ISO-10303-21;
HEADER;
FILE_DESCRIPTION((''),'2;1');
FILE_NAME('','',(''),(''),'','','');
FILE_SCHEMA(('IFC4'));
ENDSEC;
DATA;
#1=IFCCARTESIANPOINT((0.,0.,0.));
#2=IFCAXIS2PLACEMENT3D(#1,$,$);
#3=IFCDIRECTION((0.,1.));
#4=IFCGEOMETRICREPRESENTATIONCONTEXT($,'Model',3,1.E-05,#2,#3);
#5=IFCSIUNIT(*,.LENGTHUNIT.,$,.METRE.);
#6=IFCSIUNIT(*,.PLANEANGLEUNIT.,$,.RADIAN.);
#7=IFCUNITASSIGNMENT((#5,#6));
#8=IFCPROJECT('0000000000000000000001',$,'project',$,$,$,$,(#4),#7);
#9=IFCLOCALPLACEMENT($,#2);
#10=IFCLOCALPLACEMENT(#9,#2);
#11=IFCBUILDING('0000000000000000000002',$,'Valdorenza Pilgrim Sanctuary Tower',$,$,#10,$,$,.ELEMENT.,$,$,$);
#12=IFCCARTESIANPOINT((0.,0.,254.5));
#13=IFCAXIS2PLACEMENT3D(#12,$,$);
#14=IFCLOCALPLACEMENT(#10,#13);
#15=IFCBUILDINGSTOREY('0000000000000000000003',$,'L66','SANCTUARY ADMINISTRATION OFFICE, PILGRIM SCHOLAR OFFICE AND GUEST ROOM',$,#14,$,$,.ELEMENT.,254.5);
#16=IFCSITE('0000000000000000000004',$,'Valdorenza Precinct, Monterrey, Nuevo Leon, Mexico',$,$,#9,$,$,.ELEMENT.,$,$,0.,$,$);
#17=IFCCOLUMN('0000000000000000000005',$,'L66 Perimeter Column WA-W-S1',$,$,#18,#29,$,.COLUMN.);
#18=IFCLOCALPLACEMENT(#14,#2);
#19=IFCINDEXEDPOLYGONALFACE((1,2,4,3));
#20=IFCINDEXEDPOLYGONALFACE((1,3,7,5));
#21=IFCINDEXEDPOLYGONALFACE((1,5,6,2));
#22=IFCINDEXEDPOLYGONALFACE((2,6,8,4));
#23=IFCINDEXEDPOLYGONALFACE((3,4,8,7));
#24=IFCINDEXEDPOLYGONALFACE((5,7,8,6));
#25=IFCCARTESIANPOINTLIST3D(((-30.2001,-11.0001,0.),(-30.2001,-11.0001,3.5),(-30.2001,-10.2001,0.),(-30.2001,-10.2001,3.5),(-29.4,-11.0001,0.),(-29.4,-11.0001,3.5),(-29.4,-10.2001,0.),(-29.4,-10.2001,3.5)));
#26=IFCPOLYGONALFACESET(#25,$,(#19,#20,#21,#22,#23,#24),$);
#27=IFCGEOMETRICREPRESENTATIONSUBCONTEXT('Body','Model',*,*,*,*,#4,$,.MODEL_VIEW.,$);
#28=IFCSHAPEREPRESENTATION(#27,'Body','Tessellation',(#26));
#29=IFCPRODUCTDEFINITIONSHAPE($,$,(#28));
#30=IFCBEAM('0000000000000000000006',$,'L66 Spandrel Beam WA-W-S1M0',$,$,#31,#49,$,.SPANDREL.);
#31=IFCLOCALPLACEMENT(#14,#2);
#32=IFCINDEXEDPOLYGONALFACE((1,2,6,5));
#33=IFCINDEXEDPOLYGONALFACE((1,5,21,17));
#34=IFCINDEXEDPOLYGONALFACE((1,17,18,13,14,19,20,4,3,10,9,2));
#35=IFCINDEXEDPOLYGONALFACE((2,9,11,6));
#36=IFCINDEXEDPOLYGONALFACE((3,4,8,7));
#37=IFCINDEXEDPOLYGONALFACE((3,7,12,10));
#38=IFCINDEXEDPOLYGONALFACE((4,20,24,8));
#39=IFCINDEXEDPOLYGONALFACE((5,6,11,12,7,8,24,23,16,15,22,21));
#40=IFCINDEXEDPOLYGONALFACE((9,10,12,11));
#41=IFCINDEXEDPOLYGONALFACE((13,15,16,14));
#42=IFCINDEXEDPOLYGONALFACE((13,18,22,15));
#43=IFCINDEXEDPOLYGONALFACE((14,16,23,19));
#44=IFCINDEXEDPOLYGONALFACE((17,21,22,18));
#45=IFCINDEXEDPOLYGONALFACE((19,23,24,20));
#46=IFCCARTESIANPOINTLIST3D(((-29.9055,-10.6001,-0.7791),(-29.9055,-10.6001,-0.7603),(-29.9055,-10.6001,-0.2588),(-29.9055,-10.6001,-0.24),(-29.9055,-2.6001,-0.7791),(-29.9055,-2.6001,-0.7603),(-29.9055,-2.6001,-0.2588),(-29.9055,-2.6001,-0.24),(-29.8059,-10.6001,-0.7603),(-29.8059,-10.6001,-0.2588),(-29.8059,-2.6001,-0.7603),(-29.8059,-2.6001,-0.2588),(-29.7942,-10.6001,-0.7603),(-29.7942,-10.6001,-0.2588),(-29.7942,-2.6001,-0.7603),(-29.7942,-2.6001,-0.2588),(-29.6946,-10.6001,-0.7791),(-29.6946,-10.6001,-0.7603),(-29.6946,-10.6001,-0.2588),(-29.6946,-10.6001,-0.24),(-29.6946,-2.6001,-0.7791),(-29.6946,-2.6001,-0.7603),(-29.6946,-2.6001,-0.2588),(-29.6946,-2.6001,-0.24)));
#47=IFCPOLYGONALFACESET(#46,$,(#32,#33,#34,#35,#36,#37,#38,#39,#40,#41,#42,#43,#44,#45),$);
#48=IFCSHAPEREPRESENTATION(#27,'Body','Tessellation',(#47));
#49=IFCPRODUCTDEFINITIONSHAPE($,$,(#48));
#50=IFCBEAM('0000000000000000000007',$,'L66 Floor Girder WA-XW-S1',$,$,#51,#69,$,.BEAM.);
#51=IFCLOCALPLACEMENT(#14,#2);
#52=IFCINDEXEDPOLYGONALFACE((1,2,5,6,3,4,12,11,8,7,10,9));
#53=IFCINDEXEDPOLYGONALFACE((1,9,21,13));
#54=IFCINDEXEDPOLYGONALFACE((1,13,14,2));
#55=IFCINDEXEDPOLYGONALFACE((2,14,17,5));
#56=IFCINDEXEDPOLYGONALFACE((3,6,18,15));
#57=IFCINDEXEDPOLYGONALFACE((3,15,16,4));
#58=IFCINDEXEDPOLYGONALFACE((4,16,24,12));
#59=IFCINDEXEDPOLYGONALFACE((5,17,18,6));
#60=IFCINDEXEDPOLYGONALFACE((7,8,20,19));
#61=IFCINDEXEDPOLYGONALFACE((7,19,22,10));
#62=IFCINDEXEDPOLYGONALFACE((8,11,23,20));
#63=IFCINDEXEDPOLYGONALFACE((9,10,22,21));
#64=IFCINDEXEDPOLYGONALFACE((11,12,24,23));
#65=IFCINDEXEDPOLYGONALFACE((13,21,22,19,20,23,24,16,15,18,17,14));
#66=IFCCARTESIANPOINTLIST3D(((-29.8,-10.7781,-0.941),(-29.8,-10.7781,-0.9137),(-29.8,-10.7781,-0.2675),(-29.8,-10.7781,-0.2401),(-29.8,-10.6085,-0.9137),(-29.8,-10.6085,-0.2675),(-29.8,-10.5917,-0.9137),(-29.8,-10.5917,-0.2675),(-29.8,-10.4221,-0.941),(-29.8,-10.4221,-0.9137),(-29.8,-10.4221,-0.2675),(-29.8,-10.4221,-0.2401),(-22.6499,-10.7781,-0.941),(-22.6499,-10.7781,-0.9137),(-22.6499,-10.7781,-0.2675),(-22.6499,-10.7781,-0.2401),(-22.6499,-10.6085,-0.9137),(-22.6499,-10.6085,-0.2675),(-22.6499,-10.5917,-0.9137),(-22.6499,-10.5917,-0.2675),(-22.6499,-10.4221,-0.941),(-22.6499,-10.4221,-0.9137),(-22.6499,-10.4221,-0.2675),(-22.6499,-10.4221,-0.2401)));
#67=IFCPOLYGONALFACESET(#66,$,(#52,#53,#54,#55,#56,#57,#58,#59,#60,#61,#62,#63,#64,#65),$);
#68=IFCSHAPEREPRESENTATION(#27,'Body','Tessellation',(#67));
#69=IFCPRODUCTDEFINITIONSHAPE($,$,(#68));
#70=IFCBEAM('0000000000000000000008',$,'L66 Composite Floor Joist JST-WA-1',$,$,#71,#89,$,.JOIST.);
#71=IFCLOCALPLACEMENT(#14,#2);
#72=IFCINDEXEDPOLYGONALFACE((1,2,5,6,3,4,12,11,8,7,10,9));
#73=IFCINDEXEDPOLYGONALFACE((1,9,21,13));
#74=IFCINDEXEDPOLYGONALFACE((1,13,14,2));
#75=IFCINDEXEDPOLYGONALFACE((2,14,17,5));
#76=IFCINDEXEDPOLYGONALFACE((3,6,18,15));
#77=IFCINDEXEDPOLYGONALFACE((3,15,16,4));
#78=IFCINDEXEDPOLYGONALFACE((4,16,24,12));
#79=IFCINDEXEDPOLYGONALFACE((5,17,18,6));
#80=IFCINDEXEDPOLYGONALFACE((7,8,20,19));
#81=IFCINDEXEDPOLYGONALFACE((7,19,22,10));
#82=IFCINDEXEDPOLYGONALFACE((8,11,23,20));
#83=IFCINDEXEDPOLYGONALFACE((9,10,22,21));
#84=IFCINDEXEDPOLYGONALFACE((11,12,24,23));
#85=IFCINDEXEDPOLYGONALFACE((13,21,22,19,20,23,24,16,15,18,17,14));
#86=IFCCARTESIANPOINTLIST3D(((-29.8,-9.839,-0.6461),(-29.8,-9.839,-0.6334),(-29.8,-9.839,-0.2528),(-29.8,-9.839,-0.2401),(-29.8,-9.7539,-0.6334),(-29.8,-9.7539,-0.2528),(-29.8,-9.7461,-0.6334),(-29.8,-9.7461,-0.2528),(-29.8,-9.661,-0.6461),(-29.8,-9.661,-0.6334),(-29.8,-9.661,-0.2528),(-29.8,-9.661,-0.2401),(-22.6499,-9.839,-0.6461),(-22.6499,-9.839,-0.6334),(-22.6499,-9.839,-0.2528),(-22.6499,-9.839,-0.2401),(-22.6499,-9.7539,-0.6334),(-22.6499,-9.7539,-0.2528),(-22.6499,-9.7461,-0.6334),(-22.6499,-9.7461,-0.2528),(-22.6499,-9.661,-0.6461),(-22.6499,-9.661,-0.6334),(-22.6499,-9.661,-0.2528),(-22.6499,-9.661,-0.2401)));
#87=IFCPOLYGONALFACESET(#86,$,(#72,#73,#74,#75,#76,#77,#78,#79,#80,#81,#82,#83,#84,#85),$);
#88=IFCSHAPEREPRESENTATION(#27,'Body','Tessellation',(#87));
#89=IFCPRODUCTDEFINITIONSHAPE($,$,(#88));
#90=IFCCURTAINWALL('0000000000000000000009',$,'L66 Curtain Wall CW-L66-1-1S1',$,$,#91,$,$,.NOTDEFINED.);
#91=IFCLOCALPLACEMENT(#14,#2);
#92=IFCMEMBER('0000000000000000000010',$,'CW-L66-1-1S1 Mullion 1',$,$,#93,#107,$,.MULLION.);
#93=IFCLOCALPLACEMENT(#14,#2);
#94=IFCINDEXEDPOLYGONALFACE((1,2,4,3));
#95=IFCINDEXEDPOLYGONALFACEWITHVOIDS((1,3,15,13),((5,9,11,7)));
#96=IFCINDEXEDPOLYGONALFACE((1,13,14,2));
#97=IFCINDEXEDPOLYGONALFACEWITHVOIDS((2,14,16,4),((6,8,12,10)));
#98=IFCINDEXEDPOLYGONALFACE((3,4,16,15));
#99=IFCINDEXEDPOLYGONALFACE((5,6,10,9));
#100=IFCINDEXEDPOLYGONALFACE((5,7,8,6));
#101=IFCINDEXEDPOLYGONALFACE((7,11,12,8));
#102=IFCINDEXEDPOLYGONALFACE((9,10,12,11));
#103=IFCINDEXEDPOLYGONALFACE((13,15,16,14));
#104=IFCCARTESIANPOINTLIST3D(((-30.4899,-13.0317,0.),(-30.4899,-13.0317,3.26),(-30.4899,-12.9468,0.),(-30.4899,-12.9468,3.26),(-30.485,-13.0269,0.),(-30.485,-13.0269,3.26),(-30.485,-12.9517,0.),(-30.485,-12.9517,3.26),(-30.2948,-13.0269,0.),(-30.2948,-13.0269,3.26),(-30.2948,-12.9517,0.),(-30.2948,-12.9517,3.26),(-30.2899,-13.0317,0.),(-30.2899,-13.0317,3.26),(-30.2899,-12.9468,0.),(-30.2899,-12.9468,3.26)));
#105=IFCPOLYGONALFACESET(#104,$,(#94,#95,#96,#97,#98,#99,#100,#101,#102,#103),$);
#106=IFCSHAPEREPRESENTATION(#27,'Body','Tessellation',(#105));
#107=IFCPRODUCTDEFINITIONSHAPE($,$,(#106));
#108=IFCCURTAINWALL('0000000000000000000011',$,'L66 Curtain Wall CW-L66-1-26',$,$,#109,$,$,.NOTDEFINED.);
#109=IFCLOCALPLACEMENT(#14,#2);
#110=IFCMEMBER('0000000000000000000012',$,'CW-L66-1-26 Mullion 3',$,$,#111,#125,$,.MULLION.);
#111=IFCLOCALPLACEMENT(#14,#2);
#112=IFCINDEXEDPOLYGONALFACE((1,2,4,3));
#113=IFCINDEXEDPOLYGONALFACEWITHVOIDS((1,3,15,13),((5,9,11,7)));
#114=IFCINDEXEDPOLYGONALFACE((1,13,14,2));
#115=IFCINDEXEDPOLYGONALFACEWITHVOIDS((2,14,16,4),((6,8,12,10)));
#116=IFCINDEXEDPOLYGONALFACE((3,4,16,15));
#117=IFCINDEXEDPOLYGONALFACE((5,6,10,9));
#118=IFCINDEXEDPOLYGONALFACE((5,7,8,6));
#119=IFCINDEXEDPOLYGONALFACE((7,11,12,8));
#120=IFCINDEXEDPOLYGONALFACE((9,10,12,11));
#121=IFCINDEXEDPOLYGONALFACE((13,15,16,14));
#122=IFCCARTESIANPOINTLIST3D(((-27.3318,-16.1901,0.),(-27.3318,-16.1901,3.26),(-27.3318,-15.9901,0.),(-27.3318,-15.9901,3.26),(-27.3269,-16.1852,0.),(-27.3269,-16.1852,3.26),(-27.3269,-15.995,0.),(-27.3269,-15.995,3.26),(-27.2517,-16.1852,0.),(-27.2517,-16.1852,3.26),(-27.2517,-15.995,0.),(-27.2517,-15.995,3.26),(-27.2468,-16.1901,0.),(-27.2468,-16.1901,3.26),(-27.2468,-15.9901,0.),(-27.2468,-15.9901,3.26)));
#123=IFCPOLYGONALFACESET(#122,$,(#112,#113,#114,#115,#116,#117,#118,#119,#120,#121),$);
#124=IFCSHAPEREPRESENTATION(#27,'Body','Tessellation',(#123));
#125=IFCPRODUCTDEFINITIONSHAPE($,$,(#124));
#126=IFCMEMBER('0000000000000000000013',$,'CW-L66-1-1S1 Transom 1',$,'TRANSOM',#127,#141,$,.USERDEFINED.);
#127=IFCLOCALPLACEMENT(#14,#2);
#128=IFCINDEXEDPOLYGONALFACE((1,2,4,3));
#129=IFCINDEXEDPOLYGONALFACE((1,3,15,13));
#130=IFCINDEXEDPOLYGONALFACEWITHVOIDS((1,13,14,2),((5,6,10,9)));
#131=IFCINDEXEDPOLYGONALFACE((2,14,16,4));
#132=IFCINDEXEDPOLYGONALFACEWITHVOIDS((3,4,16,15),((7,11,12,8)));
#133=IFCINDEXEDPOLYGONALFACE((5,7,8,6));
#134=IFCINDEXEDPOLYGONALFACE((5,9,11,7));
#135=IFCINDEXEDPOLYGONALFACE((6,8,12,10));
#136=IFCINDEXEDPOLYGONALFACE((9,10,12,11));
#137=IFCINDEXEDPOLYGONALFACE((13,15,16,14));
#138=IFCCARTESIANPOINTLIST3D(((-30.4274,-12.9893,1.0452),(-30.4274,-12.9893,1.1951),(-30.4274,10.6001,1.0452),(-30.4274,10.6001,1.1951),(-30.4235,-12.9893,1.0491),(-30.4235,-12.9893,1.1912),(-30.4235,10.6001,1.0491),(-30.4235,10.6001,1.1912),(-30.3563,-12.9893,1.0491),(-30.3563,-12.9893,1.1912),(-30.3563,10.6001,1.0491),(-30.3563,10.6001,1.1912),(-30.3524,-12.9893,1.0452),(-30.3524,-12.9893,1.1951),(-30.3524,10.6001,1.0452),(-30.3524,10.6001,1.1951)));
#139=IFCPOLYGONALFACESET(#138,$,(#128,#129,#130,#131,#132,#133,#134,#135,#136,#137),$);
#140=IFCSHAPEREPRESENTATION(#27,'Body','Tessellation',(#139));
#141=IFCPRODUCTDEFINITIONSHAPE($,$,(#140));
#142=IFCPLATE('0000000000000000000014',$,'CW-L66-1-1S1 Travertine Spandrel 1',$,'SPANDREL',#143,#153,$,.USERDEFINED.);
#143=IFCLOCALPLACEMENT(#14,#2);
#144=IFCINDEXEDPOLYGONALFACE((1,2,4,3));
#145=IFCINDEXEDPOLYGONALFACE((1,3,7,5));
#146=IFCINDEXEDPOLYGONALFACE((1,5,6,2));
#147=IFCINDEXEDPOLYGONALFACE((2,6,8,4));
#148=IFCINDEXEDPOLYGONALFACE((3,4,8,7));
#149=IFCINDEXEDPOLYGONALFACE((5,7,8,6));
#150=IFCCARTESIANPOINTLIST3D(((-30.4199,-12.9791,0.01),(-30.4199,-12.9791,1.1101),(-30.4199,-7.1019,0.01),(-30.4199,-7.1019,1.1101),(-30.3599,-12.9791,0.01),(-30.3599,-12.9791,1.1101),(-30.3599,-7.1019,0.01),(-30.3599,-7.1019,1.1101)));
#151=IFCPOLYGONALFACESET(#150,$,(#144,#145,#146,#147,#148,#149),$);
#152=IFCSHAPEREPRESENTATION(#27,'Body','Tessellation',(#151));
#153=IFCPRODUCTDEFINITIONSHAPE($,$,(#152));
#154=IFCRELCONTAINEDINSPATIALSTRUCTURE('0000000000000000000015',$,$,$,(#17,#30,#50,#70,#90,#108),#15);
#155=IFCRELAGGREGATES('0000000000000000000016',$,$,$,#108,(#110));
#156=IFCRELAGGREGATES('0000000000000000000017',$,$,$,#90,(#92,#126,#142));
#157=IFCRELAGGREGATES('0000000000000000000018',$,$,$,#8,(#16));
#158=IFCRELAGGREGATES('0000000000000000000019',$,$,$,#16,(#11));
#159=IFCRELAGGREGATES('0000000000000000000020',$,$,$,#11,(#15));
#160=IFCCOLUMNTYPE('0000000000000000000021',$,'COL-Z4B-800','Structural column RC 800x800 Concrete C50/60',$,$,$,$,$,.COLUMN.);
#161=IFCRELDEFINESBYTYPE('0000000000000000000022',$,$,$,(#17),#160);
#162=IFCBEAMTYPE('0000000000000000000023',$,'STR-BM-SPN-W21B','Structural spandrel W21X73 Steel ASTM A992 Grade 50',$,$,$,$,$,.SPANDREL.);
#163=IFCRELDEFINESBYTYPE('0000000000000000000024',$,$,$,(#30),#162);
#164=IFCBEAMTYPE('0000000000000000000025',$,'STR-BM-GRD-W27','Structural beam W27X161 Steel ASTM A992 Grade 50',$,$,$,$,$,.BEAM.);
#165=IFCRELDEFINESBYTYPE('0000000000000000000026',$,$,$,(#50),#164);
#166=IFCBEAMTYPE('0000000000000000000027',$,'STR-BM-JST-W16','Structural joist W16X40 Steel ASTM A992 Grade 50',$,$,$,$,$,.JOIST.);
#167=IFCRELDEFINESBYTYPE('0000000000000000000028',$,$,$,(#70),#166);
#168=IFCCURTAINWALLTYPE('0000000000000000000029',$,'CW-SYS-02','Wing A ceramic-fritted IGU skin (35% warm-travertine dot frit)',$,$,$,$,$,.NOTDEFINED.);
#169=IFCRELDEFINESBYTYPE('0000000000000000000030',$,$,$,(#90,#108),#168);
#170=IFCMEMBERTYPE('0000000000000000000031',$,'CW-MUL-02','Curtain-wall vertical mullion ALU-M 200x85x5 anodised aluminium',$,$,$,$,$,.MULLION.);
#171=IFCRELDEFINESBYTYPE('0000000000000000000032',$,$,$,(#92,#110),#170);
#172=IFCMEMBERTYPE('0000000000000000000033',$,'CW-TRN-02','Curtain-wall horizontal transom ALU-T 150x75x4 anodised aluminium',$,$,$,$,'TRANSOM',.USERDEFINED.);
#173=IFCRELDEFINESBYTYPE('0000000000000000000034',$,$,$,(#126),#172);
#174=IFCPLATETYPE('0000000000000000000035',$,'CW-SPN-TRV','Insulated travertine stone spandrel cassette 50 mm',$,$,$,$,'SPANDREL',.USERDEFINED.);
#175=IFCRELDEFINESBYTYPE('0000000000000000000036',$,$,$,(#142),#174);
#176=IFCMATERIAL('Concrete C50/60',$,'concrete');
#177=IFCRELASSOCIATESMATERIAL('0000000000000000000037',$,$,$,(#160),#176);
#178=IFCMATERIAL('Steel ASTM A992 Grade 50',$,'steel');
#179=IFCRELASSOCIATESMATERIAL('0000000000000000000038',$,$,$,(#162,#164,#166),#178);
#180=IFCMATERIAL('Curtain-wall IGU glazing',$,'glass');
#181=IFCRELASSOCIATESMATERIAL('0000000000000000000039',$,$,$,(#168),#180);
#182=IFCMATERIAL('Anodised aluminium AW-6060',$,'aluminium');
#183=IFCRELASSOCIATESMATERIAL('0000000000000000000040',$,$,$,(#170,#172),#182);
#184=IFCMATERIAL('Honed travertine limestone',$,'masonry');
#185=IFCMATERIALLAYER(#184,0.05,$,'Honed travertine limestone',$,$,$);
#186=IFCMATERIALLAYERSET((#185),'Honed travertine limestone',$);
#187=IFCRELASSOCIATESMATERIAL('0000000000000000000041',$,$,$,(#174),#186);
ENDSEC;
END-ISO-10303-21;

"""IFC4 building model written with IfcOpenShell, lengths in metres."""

from ifc_helpers import new_model, si_unit, direction, frame, origin, origin_2d, place, context, subcontext, project, spatial, rectangle, hollow_rectangle, i_section, extrude, source, transform, mapped, material, layer, layer_set, material_profile, profile_set, type_object, element, aggregate, save


model = new_model("IFC4")

# Units and contexts
model_context = context("Model", 3, precision=1e-05, world=origin(), true_north=direction((0.0, 1.0)))
body_context = subcontext(model_context, "Body", "Model", "MODEL_VIEW")
ifc_project = project(units=[si_unit("LENGTHUNIT", "METRE"), si_unit("PLANEANGLEUNIT", "RADIAN")], contexts=[model_context])

# Site, building, storey
site_placement = place(None, origin())
site = spatial("IfcSite", under=ifc_project, at=site_placement, Name="Valdorenza Precinct, Monterrey, Nuevo Leon, Mexico", CompositionType="ELEMENT", RefElevation=0.0)
building_placement = place(site_placement, origin())
building = spatial("IfcBuilding", under=site, at=building_placement, Name="Valdorenza Pilgrim Sanctuary Tower", CompositionType="ELEMENT")
storey_placement = place(building_placement, frame((0.0, 0.0, 254.5)))
storey = spatial("IfcBuildingStorey", under=building, at=storey_placement, Name="L66", Description="SANCTUARY ADMINISTRATION OFFICE, PILGRIM SCHOLAR OFFICE AND GUEST ROOM", CompositionType="ELEMENT", Elevation=254.5)

# Column
ifc_material_1 = material(Name="Concrete C50/60", Category="concrete")
ifc_material_profile_1 = material_profile(ifc_material_1, rectangle(XDim=0.8, YDim=0.8, at=origin_2d()), Name="RC 800x800")
ifc_profile_set_1 = profile_set([ifc_material_profile_1], Name="Concrete C50/60")
column_type = type_object("IfcColumnType", Name="COL-Z4B-800", Description="Structural column RC 800x800 Concrete C50/60", PredefinedType="COLUMN", material=ifc_profile_set_1)
shared_shape_1 = source(origin(), body_context, "Body", "SweptSolid", [
    extrude(rectangle(XDim=0.8, YDim=0.8, at=origin_2d()), origin(), (0.0, 0.0, 1.0), 3.5),
])
column_placement = place(storey_placement, frame((-29.8, -10.6001, 0.0), z_axis=(0.0, 0.0, 1.0), x_axis=(1.0, 0.0, 0.0)))
element("IfcColumn", 1, at=column_placement, inside=storey, type_object=column_type, Name="L66 Perimeter Column WA-W-S1", PredefinedType="COLUMN", context=body_context, shape_type="MappedRepresentation", body=[
    mapped(shared_shape_1, transform((0.0, 0.0, 0.0), x_axis=(1.0, 0.0, 0.0), y_axis=(0.0, 1.0, 0.0), z_axis=(0.0, 0.0, 1.0), scale=1.0)),
])

# Beams
ifc_material_2 = material(Name="Steel ASTM A992 Grade 50", Category="steel")
ifc_material_profile_2 = material_profile(ifc_material_2, i_section(OverallWidth=0.2109, OverallDepth=0.5391, WebThickness=0.0117, FlangeThickness=0.0188, at=origin_2d()), Name="W21X73")
ifc_profile_set_2 = profile_set([ifc_material_profile_2], Name="Steel ASTM A992 Grade 50")
beam_type_1 = type_object("IfcBeamType", Name="STR-BM-SPN-W21B", Description="Structural spandrel W21X73 Steel ASTM A992 Grade 50", PredefinedType="SPANDREL", material=ifc_profile_set_2)
shared_shape_2 = source(origin(), body_context, "Body", "SweptSolid", [
    extrude(i_section(OverallWidth=0.2109, OverallDepth=0.5391, WebThickness=0.0117, FlangeThickness=0.0188, at=origin_2d()), origin(), (0.0, 0.0, 1.0), 8.0),
])
beam_1_placement = place(storey_placement, frame((-29.8, -10.6001, -0.5095), z_axis=(0.0, 1.0, 0.0), x_axis=(-1.0, 0.0, 0.0)))
element("IfcBeam", 2, at=beam_1_placement, inside=storey, type_object=beam_type_1, Name="L66 Spandrel Beam WA-W-S1M0", PredefinedType="SPANDREL", context=body_context, shape_type="MappedRepresentation", body=[
    mapped(shared_shape_2, transform((0.0, 0.0, 0.0), x_axis=(1.0, 0.0, 0.0), y_axis=(0.0, 1.0, 0.0), z_axis=(0.0, 0.0, 1.0), scale=1.0)),
])
ifc_material_profile_3 = material_profile(ifc_material_2, i_section(OverallWidth=0.356, OverallDepth=0.7009, WebThickness=0.0168, FlangeThickness=0.0273, at=origin_2d()), Name="W27X161")
ifc_profile_set_3 = profile_set([ifc_material_profile_3], Name="Steel ASTM A992 Grade 50")
beam_type_2 = type_object("IfcBeamType", Name="STR-BM-GRD-W27", Description="Structural beam W27X161 Steel ASTM A992 Grade 50", PredefinedType="BEAM", material=ifc_profile_set_3)
shared_shape_3 = source(origin(), body_context, "Body", "SweptSolid", [
    extrude(i_section(OverallWidth=0.356, OverallDepth=0.7009, WebThickness=0.0168, FlangeThickness=0.0273, at=origin_2d()), origin(), (0.0, 0.0, 1.0), 7.1501),
])
beam_2_placement = place(storey_placement, frame((-29.8, -10.6001, -0.5906), z_axis=(1.0, 0.0, 0.0), x_axis=(0.0, 1.0, 0.0)))
element("IfcBeam", 3, at=beam_2_placement, inside=storey, type_object=beam_type_2, Name="L66 Floor Girder WA-XW-S1", PredefinedType="BEAM", context=body_context, shape_type="MappedRepresentation", body=[
    mapped(shared_shape_3, transform((0.0, 0.0, 0.0), x_axis=(1.0, 0.0, 0.0), y_axis=(0.0, 1.0, 0.0), z_axis=(0.0, 0.0, 1.0), scale=1.0)),
])
ifc_material_profile_4 = material_profile(ifc_material_2, i_section(OverallWidth=0.178, OverallDepth=0.406, WebThickness=0.0078, FlangeThickness=0.0127, at=origin_2d()), Name="W16X40")
ifc_profile_set_4 = profile_set([ifc_material_profile_4], Name="Steel ASTM A992 Grade 50")
beam_type_3 = type_object("IfcBeamType", Name="STR-BM-JST-W16", Description="Structural joist W16X40 Steel ASTM A992 Grade 50", PredefinedType="JOIST", material=ifc_profile_set_4)
shared_shape_4 = source(origin(), body_context, "Body", "SweptSolid", [
    extrude(i_section(OverallWidth=0.178, OverallDepth=0.406, WebThickness=0.0078, FlangeThickness=0.0127, at=origin_2d()), origin(), (0.0, 0.0, 1.0), 7.1501),
])
beam_3_placement = place(storey_placement, frame((-29.8, -9.75, -0.4431), z_axis=(1.0, 0.0, 0.0), x_axis=(0.0, 1.0, 0.0)))
element("IfcBeam", 4, at=beam_3_placement, inside=storey, type_object=beam_type_3, Name="L66 Composite Floor Joist JST-WA-1", PredefinedType="JOIST", context=body_context, shape_type="MappedRepresentation", body=[
    mapped(shared_shape_4, transform((0.0, 0.0, 0.0), x_axis=(1.0, 0.0, 0.0), y_axis=(0.0, 1.0, 0.0), z_axis=(0.0, 0.0, 1.0), scale=1.0)),
])

# Curtain walls, members
ifc_material_3 = material(Name="Curtain-wall IGU glazing", Category="glass")
curtain_wall_type = type_object("IfcCurtainWallType", Name="CW-SYS-02", Description="Wing A ceramic-fritted IGU skin (35% warm-travertine dot frit)", PredefinedType="NOTDEFINED", material=ifc_material_3)
curtain_wall_1_placement = place(storey_placement, origin())
curtain_wall_1 = element("IfcCurtainWall", 5, at=curtain_wall_1_placement, inside=storey, type_object=curtain_wall_type, Name="L66 Curtain Wall CW-L66-1-1S1", PredefinedType="NOTDEFINED")
ifc_material_4 = material(Name="Anodised aluminium AW-6060", Category="aluminium")
ifc_material_profile_5 = material_profile(ifc_material_4, hollow_rectangle(XDim=0.085, YDim=0.2, WallThickness=0.0049, at=origin_2d()), Name="ALU-M 200x85x5")
ifc_profile_set_5 = profile_set([ifc_material_profile_5], Name="Anodised aluminium AW-6060")
member_type_1 = type_object("IfcMemberType", Name="CW-MUL-02", Description="Curtain-wall vertical mullion ALU-M 200x85x5 anodised aluminium", PredefinedType="MULLION", material=ifc_profile_set_5)
shared_shape_5 = source(origin(), body_context, "Body", "SweptSolid", [
    extrude(hollow_rectangle(XDim=0.085, YDim=0.2, WallThickness=0.0049, at=origin_2d()), origin(), (0.0, 0.0, 1.0), 3.26),
])
member_1_placement = place(storey_placement, frame((-30.3899, -12.9893, 0.0), z_axis=(0.0, 0.0, 1.0), x_axis=(0.0, 1.0, 0.0)))
member_1 = element("IfcMember", 6, at=member_1_placement, type_object=member_type_1, Name="CW-L66-1-1S1 Mullion 1", PredefinedType="MULLION", context=body_context, shape_type="MappedRepresentation", body=[
    mapped(shared_shape_5, transform((0.0, 0.0, 0.0), x_axis=(1.0, 0.0, 0.0), y_axis=(0.0, 1.0, 0.0), z_axis=(0.0, 0.0, 1.0), scale=1.0)),
])
curtain_wall_2_placement = place(storey_placement, origin())
curtain_wall_2 = element("IfcCurtainWall", 7, at=curtain_wall_2_placement, inside=storey, type_object=curtain_wall_type, Name="L66 Curtain Wall CW-L66-1-26", PredefinedType="NOTDEFINED")
member_2_placement = place(storey_placement, frame((-27.2893, -16.0901, 0.0), z_axis=(0.0, 0.0, 1.0), x_axis=(-1.0, 0.0, 0.0)))
member_2 = element("IfcMember", 8, at=member_2_placement, type_object=member_type_1, Name="CW-L66-1-26 Mullion 3", PredefinedType="MULLION", context=body_context, shape_type="MappedRepresentation", body=[
    mapped(shared_shape_5, transform((0.0, 0.0, 0.0), x_axis=(1.0, 0.0, 0.0), y_axis=(0.0, 1.0, 0.0), z_axis=(0.0, 0.0, 1.0), scale=1.0)),
])
aggregate(curtain_wall_2, [member_2])

# Member
ifc_material_profile_6 = material_profile(ifc_material_4, hollow_rectangle(XDim=0.075, YDim=0.1499, WallThickness=0.0039, at=origin_2d()), Name="ALU-T 150x75x4")
ifc_profile_set_6 = profile_set([ifc_material_profile_6], Name="Anodised aluminium AW-6060")
member_type_2 = type_object("IfcMemberType", Name="CW-TRN-02", Description="Curtain-wall horizontal transom ALU-T 150x75x4 anodised aluminium", ElementType="TRANSOM", PredefinedType="USERDEFINED", material=ifc_profile_set_6)
shared_shape_6 = source(origin(), body_context, "Body", "SweptSolid", [
    extrude(hollow_rectangle(XDim=0.075, YDim=0.1499, WallThickness=0.0039, at=origin_2d()), origin(), (0.0, 0.0, 1.0), 23.5894),
])
member_3_placement = place(storey_placement, frame((-30.3899, -12.9893, 1.1201), z_axis=(0.0, 1.0, 0.0), x_axis=(-1.0, 0.0, 0.0)))
member_3 = element("IfcMember", 9, at=member_3_placement, type_object=member_type_2, Name="CW-L66-1-1S1 Transom 1", ObjectType="TRANSOM", PredefinedType="USERDEFINED", context=body_context, shape_type="MappedRepresentation", body=[
    mapped(shared_shape_6, transform((0.0, 0.0, 0.0), x_axis=(1.0, 0.0, 0.0), y_axis=(0.0, 1.0, 0.0), z_axis=(0.0, 0.0, 1.0), scale=1.0)),
])

# Plate
ifc_material_5 = material(Name="Honed travertine limestone", Category="masonry")
ifc_layer_1 = layer(ifc_material_5, 0.05, Name="Honed travertine limestone")
ifc_layer_set_1 = layer_set([ifc_layer_1], Name="Honed travertine limestone")
plate_type_1 = type_object("IfcPlateType", Name="CW-SPN-TRV", Description="Insulated travertine stone spandrel cassette 50 mm", ElementType="SPANDREL", PredefinedType="USERDEFINED", material=ifc_layer_set_1)
shared_shape_7 = source(origin(), body_context, "Body", "SweptSolid", [
    extrude(rectangle(XDim=5.8772, YDim=0.0601, at=origin_2d()), origin(), (0.0, 0.0, 1.0), 1.1001),
])
plate_1_placement = place(storey_placement, frame((-30.3899, -10.0405, 0.01), z_axis=(0.0, 0.0, 1.0), x_axis=(0.0, 1.0, 0.0)))
plate_1 = element("IfcPlate", 10, at=plate_1_placement, type_object=plate_type_1, Name="CW-L66-1-1S1 Travertine Spandrel 1", ObjectType="SPANDREL", PredefinedType="USERDEFINED", context=body_context, shape_type="MappedRepresentation", body=[
    mapped(shared_shape_7, transform((0.0, 0.0, 0.0), x_axis=(1.0, 0.0, 0.0), y_axis=(0.0, 1.0, 0.0), z_axis=(0.0, 0.0, 1.0), scale=1.0)),
])
aggregate(curtain_wall_1, [member_1, member_3, plate_1])

save(model, "model.ifc")
